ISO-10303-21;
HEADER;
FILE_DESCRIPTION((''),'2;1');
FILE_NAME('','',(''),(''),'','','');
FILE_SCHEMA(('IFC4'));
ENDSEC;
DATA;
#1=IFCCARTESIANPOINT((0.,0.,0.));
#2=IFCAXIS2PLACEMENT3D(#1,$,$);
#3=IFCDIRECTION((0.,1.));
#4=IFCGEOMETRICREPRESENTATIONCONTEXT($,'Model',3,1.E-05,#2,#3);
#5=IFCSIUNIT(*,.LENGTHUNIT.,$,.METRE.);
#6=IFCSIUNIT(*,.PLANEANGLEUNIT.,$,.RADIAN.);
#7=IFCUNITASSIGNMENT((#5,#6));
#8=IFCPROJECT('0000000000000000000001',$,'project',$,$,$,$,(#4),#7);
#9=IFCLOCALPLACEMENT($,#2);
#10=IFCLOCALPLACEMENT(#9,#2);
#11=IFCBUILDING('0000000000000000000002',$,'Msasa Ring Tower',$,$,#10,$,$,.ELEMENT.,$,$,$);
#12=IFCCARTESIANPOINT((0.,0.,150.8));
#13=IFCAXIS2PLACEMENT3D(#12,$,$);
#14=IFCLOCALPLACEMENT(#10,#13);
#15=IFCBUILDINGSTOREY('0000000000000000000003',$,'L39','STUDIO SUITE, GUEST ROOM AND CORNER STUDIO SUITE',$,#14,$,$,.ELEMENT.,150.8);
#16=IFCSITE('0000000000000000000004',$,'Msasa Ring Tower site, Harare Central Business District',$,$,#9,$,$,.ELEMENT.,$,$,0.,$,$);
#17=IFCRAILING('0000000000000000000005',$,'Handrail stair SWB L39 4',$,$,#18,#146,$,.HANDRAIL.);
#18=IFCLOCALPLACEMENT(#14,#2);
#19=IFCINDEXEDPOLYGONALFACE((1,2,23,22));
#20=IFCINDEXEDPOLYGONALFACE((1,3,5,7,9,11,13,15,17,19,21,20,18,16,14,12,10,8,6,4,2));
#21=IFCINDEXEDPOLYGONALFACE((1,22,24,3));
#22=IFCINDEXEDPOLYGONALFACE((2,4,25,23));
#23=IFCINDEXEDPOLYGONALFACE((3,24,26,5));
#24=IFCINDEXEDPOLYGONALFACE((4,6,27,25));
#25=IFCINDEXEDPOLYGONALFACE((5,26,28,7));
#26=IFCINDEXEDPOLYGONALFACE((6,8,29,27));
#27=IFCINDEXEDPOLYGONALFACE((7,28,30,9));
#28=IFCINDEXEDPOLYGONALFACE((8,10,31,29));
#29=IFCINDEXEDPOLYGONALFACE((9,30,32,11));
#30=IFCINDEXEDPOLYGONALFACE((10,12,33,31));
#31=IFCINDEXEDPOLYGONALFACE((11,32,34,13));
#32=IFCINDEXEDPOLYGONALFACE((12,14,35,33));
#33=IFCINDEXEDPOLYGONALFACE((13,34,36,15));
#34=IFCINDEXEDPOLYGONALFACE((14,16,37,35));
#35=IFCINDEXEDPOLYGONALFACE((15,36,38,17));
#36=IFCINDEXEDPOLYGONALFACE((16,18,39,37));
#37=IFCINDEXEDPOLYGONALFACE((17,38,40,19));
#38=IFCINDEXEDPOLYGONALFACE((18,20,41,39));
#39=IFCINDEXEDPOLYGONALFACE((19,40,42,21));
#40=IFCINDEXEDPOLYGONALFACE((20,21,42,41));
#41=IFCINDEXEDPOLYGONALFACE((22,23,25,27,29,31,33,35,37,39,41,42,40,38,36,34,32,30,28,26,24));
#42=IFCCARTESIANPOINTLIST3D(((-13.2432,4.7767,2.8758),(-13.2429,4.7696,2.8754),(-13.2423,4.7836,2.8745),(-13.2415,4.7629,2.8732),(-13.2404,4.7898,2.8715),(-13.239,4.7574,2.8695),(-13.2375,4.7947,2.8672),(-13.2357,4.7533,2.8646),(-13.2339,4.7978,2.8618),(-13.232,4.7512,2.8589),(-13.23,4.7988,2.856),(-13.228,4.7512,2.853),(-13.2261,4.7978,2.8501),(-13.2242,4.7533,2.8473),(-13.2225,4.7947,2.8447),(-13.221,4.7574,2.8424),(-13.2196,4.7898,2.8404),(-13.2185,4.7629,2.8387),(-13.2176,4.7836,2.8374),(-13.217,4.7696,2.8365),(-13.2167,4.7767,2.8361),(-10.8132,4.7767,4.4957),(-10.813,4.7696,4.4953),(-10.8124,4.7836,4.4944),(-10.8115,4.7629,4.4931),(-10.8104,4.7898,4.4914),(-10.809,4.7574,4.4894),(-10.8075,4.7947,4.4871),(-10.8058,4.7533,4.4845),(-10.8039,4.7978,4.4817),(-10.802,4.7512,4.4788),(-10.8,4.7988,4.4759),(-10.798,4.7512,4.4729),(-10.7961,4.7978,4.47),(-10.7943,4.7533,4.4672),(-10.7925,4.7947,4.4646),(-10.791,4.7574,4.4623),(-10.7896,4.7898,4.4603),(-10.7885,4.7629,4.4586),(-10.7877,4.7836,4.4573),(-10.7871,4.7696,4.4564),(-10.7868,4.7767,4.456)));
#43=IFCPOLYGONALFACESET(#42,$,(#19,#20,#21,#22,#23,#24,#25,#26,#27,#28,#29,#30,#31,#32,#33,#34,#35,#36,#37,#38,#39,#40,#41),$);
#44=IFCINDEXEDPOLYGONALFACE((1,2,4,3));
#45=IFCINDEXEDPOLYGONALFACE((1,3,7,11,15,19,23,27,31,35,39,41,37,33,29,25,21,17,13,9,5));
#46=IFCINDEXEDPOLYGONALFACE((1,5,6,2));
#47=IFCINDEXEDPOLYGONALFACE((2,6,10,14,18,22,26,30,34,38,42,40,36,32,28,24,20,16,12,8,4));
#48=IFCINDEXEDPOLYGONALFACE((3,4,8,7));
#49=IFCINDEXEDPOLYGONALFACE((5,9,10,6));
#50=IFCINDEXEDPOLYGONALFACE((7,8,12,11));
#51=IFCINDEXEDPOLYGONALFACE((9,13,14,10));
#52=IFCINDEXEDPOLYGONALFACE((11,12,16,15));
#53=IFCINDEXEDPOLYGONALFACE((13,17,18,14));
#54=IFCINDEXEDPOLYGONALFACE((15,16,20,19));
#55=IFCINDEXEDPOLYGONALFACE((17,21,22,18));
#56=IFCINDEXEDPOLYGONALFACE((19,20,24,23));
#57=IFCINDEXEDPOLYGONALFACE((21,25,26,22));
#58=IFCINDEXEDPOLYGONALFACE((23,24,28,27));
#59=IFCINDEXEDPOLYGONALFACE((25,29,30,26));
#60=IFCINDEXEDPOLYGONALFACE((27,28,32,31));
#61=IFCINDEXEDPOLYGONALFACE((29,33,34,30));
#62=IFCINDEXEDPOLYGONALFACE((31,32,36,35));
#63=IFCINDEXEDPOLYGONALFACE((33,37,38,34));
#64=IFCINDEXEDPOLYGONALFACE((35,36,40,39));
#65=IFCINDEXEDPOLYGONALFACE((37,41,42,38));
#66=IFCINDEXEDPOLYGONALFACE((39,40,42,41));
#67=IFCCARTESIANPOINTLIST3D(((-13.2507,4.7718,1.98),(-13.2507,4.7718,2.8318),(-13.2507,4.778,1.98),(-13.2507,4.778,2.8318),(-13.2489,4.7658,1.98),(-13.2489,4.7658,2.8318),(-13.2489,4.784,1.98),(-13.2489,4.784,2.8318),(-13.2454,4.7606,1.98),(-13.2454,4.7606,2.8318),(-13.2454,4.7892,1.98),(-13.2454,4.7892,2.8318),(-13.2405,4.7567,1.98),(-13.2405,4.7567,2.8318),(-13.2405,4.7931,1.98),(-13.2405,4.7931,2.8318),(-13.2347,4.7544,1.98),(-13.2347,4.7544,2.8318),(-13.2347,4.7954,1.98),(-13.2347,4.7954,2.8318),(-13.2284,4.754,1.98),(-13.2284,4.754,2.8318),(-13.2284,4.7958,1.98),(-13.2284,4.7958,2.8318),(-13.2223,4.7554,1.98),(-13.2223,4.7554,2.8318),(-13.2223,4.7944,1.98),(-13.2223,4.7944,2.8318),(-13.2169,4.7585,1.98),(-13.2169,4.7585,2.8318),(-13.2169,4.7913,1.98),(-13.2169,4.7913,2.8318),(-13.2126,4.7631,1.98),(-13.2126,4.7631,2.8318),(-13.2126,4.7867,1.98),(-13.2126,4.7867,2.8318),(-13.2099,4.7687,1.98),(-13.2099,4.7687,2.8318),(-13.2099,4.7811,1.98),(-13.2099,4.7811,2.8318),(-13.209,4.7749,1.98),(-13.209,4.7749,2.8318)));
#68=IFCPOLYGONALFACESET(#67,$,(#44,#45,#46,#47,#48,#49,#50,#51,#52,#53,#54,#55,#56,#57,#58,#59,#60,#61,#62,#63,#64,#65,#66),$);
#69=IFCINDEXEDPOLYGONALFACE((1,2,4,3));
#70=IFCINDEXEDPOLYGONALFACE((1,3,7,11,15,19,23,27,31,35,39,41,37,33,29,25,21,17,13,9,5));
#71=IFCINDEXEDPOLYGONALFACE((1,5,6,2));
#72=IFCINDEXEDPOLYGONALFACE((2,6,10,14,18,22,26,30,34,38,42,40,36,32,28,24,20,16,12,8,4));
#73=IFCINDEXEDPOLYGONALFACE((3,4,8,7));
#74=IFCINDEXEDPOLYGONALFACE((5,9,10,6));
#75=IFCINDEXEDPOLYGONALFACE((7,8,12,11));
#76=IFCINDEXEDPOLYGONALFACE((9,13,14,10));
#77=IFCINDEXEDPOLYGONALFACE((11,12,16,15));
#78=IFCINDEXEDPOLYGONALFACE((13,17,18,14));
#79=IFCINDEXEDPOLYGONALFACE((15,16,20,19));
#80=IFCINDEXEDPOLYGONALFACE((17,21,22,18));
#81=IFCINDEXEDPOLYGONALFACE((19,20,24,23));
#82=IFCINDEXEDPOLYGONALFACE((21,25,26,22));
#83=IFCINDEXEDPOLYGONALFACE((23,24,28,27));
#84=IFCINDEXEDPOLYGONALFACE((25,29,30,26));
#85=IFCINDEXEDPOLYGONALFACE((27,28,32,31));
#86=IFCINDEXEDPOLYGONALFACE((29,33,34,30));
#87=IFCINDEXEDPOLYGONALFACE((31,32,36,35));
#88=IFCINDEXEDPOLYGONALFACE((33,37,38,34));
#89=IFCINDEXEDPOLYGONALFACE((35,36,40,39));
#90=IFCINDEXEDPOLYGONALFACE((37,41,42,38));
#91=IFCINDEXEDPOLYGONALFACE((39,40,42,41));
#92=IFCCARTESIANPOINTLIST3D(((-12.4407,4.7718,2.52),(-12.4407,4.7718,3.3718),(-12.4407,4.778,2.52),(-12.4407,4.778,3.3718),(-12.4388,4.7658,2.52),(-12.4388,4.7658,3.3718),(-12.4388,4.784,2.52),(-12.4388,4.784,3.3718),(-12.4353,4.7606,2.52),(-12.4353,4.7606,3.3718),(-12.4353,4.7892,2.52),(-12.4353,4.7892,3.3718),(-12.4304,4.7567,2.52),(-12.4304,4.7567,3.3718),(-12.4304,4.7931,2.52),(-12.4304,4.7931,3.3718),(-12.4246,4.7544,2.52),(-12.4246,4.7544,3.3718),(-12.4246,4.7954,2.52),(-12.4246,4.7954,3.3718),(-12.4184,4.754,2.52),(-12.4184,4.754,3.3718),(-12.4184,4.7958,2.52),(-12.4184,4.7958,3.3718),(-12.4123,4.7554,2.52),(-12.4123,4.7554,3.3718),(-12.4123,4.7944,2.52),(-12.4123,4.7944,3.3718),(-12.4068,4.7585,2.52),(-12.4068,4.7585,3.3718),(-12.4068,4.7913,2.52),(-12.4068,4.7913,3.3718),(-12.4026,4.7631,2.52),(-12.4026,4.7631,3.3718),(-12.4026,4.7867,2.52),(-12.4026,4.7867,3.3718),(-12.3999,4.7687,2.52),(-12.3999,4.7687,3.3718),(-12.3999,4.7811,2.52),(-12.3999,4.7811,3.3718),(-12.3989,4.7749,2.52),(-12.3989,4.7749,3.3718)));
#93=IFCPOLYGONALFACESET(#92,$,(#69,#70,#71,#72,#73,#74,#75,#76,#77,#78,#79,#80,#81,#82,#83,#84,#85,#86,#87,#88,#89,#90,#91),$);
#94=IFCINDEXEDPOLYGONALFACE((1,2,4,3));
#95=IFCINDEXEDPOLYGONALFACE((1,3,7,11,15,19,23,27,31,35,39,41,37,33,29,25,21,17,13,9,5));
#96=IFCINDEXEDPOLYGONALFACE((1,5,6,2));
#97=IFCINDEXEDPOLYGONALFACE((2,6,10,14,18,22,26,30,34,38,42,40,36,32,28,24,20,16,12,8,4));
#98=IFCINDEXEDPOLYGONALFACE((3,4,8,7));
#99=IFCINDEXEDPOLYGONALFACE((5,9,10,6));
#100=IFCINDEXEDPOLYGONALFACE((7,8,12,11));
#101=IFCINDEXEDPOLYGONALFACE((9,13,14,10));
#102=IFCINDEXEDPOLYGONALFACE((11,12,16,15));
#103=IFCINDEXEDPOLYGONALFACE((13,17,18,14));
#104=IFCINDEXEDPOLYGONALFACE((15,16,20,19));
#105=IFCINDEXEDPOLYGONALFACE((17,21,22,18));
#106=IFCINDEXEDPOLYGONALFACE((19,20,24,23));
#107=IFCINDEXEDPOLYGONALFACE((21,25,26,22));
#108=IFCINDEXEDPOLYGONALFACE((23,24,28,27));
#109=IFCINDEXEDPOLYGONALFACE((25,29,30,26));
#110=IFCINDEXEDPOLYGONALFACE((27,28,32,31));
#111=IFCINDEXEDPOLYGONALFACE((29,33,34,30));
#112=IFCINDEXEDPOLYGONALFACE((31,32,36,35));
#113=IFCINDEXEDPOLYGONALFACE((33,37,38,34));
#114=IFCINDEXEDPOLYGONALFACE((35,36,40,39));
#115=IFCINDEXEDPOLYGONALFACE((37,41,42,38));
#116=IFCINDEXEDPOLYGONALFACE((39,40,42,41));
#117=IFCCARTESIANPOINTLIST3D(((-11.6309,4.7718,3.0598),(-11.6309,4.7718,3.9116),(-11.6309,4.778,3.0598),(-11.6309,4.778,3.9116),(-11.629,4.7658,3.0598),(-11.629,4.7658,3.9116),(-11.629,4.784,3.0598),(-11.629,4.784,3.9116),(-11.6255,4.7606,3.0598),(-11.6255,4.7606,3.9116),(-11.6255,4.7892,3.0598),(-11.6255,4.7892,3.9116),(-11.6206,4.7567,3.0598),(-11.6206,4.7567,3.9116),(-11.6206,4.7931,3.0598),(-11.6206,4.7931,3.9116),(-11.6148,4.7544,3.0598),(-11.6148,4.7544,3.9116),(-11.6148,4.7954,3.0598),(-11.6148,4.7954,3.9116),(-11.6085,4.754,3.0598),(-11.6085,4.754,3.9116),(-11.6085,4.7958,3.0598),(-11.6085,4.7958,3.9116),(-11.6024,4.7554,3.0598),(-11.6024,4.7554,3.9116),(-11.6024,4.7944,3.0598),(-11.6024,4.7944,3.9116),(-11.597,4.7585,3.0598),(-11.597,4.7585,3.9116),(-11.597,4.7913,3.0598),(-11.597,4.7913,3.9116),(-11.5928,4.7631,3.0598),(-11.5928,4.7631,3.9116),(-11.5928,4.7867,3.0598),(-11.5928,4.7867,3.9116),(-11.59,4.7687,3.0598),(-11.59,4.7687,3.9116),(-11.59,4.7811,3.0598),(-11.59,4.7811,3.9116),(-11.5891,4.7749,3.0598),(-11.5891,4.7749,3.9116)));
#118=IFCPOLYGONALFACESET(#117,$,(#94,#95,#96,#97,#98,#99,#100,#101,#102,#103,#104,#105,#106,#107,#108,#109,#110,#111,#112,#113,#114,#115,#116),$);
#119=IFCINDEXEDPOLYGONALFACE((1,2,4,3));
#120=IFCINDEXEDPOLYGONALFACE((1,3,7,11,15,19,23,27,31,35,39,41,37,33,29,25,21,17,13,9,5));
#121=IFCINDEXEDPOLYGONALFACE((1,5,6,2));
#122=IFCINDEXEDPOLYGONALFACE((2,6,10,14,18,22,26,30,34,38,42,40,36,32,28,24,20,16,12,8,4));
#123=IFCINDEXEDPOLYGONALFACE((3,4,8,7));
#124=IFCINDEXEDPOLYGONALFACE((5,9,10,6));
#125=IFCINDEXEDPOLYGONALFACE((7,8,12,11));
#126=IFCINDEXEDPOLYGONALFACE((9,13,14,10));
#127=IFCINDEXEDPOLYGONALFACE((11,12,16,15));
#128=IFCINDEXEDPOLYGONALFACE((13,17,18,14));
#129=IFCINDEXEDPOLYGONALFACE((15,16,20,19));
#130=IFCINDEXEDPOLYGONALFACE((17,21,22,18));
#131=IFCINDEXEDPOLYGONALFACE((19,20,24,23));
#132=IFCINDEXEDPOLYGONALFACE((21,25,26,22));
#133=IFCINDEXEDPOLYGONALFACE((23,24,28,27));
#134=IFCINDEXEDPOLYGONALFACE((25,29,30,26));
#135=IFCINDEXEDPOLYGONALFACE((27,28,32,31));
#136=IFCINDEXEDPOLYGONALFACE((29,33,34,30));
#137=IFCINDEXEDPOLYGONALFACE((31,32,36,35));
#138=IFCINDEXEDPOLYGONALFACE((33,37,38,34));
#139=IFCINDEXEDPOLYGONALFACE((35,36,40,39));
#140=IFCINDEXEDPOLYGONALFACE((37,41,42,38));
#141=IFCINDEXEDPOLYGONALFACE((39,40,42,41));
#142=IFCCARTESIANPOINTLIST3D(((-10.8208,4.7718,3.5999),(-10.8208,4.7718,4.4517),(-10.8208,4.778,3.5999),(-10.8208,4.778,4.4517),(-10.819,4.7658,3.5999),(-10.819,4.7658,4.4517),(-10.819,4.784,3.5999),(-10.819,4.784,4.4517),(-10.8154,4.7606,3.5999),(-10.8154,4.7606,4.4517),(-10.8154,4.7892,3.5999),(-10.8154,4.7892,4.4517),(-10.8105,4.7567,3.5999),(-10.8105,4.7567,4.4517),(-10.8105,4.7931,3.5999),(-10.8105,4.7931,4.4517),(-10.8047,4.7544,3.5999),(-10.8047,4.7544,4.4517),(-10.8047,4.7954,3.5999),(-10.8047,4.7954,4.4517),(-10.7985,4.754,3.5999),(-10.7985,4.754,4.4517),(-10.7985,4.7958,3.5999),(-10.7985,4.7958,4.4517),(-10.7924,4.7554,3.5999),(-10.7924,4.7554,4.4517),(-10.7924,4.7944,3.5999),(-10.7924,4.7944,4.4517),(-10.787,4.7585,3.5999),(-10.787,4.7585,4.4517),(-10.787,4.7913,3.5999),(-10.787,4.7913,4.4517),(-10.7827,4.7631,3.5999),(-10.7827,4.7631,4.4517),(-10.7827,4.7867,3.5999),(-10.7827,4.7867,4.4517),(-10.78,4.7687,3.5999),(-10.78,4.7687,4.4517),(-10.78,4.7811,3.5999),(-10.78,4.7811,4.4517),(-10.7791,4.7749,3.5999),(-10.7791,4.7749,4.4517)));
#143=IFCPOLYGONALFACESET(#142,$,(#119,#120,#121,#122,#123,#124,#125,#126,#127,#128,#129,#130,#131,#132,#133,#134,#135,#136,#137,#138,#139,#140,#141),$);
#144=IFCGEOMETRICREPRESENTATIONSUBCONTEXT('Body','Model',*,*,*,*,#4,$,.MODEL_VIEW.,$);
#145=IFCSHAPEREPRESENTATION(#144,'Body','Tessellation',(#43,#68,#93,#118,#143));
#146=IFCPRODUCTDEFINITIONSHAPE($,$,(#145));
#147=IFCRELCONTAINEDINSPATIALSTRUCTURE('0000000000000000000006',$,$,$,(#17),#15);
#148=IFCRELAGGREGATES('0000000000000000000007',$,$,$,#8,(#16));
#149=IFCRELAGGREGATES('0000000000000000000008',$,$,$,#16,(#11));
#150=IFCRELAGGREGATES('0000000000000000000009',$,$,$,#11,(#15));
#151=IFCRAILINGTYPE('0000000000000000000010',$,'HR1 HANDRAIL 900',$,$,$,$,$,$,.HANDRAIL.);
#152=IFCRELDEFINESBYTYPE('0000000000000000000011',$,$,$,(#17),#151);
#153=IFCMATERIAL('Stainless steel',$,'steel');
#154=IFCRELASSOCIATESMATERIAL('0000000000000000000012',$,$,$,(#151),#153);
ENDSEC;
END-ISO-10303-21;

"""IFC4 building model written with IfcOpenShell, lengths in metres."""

from ifc_helpers import new_model, si_unit, direction, frame, origin, origin_2d, place, context, subcontext, project, spatial, circle, extrude, material, type_object, element, save


model = new_model("IFC4")

# Units and contexts
model_context = context("Model", 3, precision=1e-05, world=origin(), true_north=direction((0.0, 1.0)))
body_context = subcontext(model_context, "Body", "Model", "MODEL_VIEW")
ifc_project = project(units=[si_unit("LENGTHUNIT", "METRE"), si_unit("PLANEANGLEUNIT", "RADIAN")], contexts=[model_context])

# Site, building, storey
site_placement = place(None, origin())
site = spatial("IfcSite", under=ifc_project, at=site_placement, Name="Msasa Ring Tower site, Harare Central Business District", CompositionType="ELEMENT", RefElevation=0.0)
building_placement = place(site_placement, origin())
building = spatial("IfcBuilding", under=site, at=building_placement, Name="Msasa Ring Tower", CompositionType="ELEMENT")
storey_placement = place(building_placement, frame((0.0, 0.0, 150.8)))
storey = spatial("IfcBuildingStorey", under=building, at=storey_placement, Name="L39", Description="STUDIO SUITE, GUEST ROOM AND CORNER STUDIO SUITE", CompositionType="ELEMENT", Elevation=150.8)

# Railing
ifc_material_1 = material(Name="Stainless steel", Category="steel")
railing_type = type_object("IfcRailingType", Name="HR1 HANDRAIL 900", PredefinedType="HANDRAIL", material=ifc_material_1)
for number, where, name in (
    (1, (-13.23, 4.7749, 1.98), "Handrail stair SWB L39 4"),
):
    element("IfcRailing", number, at=place(storey_placement, frame(where)), inside=storey, type_object=railing_type, Name=name, PredefinedType="HANDRAIL", context=body_context, shape_type="SweptSolid", body=[
        extrude(circle(Radius=0.0239, at=origin_2d()), frame((0.0, 0.0, 0.876), z_axis=(0.832063, 0.0, 0.554681), x_axis=(0.0, 1.0, 0.0)), (0.0, 0.0, 1.0), 2.9204),
        extrude(circle(Radius=0.021, at=origin_2d()), origin(), (0.0, 0.0, 1.0), 0.8518),
        extrude(circle(Radius=0.021, at=origin_2d()), frame((0.8101, 0.0, 0.54)), (0.0, 0.0, 1.0), 0.8518),
        extrude(circle(Radius=0.021, at=origin_2d()), frame((1.6199, 0.0, 1.0798)), (0.0, 0.0, 1.0), 0.8518),
        extrude(circle(Radius=0.021, at=origin_2d()), frame((2.4299, 0.0, 1.6199)), (0.0, 0.0, 1.0), 0.8518),
    ])

save(model, "model.ifc")
